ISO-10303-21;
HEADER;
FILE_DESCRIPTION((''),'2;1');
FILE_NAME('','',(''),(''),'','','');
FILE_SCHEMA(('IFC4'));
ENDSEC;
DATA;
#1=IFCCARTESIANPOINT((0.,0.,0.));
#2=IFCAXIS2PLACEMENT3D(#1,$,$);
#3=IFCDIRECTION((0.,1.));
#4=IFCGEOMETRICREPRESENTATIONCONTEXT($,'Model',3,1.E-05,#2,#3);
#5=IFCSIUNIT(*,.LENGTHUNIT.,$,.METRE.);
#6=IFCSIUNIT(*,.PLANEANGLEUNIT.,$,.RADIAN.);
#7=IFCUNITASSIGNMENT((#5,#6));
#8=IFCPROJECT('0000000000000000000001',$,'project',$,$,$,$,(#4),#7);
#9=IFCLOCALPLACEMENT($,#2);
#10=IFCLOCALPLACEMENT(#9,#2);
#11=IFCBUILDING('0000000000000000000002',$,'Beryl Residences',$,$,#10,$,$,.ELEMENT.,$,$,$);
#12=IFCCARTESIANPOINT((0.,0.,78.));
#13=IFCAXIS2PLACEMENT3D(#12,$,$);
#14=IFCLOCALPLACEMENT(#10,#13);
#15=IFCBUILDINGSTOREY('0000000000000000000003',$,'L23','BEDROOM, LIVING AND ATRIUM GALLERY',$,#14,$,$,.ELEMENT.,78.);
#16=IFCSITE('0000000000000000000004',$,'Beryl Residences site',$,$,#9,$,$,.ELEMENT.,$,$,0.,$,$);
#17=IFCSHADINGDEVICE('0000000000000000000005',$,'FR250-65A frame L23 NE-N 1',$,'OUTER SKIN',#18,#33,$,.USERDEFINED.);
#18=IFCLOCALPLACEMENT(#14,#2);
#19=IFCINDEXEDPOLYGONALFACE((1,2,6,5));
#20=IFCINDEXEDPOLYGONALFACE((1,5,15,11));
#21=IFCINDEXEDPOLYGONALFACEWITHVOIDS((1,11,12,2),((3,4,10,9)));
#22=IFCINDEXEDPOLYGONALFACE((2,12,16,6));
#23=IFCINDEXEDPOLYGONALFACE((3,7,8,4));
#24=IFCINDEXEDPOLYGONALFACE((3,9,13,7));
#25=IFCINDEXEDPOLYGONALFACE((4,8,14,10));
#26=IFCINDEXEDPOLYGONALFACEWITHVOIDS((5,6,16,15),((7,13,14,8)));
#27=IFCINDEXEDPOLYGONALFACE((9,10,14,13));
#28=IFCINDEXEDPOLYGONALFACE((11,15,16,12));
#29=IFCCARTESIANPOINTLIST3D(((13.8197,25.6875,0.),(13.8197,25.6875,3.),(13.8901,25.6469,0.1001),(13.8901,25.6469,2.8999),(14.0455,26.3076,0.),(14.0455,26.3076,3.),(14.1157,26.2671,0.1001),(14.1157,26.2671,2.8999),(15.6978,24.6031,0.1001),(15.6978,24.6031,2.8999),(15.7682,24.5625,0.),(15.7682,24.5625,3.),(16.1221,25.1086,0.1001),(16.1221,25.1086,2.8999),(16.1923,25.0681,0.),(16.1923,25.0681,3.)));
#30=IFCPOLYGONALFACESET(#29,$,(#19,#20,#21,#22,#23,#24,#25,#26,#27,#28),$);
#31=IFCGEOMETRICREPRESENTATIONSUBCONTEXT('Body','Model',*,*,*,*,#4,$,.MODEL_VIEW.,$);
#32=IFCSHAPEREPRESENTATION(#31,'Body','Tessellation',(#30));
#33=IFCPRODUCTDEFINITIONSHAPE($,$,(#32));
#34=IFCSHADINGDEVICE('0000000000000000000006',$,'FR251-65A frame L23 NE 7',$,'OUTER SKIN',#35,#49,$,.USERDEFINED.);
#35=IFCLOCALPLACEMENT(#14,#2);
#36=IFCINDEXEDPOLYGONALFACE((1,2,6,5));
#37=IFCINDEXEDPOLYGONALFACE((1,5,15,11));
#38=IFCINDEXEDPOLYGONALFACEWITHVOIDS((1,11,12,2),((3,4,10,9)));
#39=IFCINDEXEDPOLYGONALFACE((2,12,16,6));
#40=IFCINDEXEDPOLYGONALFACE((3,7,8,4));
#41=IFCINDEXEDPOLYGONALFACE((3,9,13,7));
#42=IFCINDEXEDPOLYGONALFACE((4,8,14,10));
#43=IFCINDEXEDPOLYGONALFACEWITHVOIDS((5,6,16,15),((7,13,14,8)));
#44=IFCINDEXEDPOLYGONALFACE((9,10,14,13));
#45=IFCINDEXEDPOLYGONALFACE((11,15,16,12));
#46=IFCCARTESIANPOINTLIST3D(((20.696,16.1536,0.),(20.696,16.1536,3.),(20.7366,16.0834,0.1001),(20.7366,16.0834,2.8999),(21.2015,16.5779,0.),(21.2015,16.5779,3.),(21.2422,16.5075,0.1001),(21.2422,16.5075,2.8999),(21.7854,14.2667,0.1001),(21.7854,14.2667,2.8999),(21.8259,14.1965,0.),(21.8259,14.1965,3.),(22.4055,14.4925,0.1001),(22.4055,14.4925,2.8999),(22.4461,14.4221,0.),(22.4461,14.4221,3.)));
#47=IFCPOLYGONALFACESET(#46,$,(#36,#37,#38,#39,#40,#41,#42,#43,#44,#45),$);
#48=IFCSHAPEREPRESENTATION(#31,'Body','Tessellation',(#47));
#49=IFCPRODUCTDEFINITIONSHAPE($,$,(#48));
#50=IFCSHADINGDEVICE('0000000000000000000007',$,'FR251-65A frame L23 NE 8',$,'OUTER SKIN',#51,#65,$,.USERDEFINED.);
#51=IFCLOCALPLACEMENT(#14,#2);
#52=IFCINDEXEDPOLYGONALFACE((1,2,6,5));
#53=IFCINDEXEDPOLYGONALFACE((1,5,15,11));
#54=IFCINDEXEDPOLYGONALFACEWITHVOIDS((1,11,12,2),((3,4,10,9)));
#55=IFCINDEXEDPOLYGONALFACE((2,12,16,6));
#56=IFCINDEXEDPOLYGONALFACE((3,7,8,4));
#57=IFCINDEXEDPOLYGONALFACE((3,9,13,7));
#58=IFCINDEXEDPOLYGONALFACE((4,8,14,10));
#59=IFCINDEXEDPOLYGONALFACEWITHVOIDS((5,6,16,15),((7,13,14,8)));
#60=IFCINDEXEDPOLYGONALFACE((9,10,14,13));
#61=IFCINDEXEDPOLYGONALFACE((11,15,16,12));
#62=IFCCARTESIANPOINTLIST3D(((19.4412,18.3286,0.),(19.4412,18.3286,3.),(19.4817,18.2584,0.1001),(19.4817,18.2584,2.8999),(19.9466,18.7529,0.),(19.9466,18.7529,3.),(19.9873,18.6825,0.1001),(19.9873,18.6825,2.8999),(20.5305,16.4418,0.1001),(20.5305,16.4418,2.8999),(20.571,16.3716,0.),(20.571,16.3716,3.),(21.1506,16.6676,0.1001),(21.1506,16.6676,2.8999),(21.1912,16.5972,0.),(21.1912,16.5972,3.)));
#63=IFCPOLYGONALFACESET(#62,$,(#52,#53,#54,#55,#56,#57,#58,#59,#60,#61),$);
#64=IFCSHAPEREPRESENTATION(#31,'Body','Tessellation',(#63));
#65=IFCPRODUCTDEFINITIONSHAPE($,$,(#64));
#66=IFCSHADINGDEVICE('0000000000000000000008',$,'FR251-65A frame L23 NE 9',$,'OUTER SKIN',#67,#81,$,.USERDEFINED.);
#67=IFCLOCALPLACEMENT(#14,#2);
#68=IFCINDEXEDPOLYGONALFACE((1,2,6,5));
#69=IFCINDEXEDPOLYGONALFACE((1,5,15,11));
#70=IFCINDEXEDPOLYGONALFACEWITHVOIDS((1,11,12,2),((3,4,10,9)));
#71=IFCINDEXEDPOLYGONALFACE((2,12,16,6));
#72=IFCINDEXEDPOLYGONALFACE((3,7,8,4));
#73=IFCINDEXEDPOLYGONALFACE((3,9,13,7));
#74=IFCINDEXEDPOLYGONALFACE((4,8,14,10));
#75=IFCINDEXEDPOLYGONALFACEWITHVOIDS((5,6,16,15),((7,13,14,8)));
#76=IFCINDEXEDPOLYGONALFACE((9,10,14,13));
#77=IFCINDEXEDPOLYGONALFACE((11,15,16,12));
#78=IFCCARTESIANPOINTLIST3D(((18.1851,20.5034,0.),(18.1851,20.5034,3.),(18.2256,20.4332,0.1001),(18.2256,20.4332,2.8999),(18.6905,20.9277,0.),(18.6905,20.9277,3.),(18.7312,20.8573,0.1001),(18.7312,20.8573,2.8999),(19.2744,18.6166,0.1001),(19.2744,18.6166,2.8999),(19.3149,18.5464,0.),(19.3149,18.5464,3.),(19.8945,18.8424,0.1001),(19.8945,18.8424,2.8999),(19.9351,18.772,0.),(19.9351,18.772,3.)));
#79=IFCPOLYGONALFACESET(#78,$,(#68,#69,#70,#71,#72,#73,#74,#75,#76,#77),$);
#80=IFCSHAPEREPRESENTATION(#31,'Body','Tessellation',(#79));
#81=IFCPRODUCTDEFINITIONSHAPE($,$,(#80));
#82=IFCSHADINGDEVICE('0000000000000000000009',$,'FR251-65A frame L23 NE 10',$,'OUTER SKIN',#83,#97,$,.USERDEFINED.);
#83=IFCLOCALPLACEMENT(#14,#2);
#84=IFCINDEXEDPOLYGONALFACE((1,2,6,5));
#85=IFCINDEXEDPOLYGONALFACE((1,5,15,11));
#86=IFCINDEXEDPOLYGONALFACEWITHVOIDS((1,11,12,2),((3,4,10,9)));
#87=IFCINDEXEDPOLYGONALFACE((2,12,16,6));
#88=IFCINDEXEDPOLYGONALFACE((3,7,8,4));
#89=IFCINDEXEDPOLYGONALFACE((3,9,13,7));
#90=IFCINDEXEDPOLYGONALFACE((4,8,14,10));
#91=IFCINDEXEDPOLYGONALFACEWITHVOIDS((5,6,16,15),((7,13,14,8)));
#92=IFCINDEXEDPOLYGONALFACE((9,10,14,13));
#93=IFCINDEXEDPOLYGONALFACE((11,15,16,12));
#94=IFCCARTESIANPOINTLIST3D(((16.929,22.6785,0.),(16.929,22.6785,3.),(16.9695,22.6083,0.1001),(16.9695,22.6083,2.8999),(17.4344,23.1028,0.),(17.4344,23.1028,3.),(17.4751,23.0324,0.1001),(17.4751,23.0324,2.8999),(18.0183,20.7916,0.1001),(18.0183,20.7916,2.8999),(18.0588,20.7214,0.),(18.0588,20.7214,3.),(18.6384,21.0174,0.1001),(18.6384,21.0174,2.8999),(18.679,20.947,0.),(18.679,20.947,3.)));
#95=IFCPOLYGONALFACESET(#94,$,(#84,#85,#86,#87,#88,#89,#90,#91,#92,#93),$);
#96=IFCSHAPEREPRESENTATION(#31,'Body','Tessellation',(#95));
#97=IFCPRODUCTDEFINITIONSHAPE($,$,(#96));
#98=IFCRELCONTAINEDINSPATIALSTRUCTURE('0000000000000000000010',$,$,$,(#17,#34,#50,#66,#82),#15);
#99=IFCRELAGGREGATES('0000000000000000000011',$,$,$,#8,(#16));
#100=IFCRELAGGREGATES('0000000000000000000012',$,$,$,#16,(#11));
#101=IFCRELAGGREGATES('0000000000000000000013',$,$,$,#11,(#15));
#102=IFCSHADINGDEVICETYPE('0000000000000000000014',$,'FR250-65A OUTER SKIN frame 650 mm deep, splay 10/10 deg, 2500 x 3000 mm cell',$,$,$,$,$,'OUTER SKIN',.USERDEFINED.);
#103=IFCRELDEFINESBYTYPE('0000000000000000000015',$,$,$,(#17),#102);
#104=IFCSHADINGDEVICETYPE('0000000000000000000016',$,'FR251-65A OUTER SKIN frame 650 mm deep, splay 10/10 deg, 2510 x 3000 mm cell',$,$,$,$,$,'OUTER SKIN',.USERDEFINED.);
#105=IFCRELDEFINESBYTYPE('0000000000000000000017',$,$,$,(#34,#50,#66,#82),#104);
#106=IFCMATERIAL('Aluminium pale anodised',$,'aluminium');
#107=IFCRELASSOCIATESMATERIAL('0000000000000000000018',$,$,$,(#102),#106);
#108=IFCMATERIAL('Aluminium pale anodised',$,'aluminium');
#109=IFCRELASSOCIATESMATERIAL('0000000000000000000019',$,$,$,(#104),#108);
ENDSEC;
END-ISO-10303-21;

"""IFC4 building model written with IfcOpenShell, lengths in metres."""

from ifc_helpers import new_model, entity, si_unit, direction, frame, origin, place, context, subcontext, project, spatial, source, transform, mapped, material, type_object, type_shapes, element, save


model = new_model("IFC4")

# Units and contexts
model_context = context("Model", 3, precision=1e-05, world=origin(), true_north=direction((0.0, 1.0)))
body_context = subcontext(model_context, "Body", "Model", "MODEL_VIEW")
ifc_project = project(units=[si_unit("LENGTHUNIT", "METRE"), si_unit("PLANEANGLEUNIT", "RADIAN")], contexts=[model_context])

# Site, building, storey
site_placement = place(None, origin())
site = spatial("IfcSite", under=ifc_project, at=site_placement, Name="Beryl Residences site", CompositionType="ELEMENT", RefElevation=0.0)
building_placement = place(site_placement, origin())
building = spatial("IfcBuilding", under=site, at=building_placement, Name="Beryl Residences", CompositionType="ELEMENT")
storey_placement = place(building_placement, frame((0.0, 0.0, 78.0)))
storey = spatial("IfcBuildingStorey", under=building, at=storey_placement, Name="L23", Description="BEDROOM, LIVING AND ATRIUM GALLERY", CompositionType="ELEMENT", Elevation=78.0)

# Shading devices
ifc_material_1 = material(Name="Aluminium pale anodised", Category="aluminium")
shading_device_type_1 = type_object("IfcShadingDeviceType", Name="FR250-65A OUTER SKIN frame 650 mm deep, splay 10/10 deg, 2500 x 3000 mm cell", ElementType="OUTER SKIN", PredefinedType="USERDEFINED", material=ifc_material_1)
cartesian_point_1 = entity("IfcCartesianPoint", [-1.125, 0.0])
cartesian_point_2 = entity("IfcCartesianPoint", [-1.0437, 0.1001])
cartesian_point_3 = entity("IfcCartesianPoint", [-1.2395, 0.0])
cartesian_point_4 = entity("IfcCartesianPoint", [-1.1584, 0.1001])
shared_shape_1 = source(origin(), body_context, "Body", "SweptSolid", [
    entity("IfcExtrudedAreaSolidTapered", entity("IfcArbitraryProfileDefWithVoids", "AREA", None, entity("IfcPolyline", [cartesian_point_1, entity("IfcCartesianPoint", [1.125, 0.0]), entity("IfcCartesianPoint", [1.125, 3.0]), entity("IfcCartesianPoint", [-1.125, 3.0]), cartesian_point_1]), [entity("IfcPolyline", [cartesian_point_2, entity("IfcCartesianPoint", [1.0437, 0.1001]), entity("IfcCartesianPoint", [1.0437, 2.8999]), entity("IfcCartesianPoint", [-1.0437, 2.8999]), cartesian_point_2])]), entity("IfcAxis2Placement3D", entity("IfcCartesianPoint", [0.0, 0.0, 0.0]), entity("IfcDirection", [0.0, 1.0, 0.0]), entity("IfcDirection", [-1.0, 0.0, 0.0])), entity("IfcDirection", [0.0, 0.0, 1.0]), 0.6499, entity("IfcArbitraryProfileDefWithVoids", "AREA", None, entity("IfcPolyline", [cartesian_point_3, entity("IfcCartesianPoint", [1.2395, 0.0]), entity("IfcCartesianPoint", [1.2395, 3.0]), entity("IfcCartesianPoint", [-1.2395, 3.0]), cartesian_point_3]), [entity("IfcPolyline", [cartesian_point_4, entity("IfcCartesianPoint", [1.1584, 0.1001]), entity("IfcCartesianPoint", [1.1584, 2.8999]), entity("IfcCartesianPoint", [-1.1584, 2.8999]), cartesian_point_4])])),
])
type_shapes(shading_device_type_1, [shared_shape_1])
shading_device_1_placement = place(storey_placement, frame((14.7939, 25.125, 0.0), z_axis=(0.0, 0.0, 1.0), x_axis=(0.866025, -0.5, 0.0)))
element("IfcShadingDevice", 1, at=shading_device_1_placement, inside=storey, type_object=shading_device_type_1, Name="FR250-65A frame L23 NE-N 1", ObjectType="OUTER SKIN", PredefinedType="USERDEFINED", context=body_context, shape_type="MappedRepresentation", body=[
    mapped(shared_shape_1, transform((0.0, 0.0, 0.0))),
])
ifc_material_2 = material(Name="Aluminium pale anodised", Category="aluminium")
shading_device_type_2 = type_object("IfcShadingDeviceType", Name="FR251-65A OUTER SKIN frame 650 mm deep, splay 10/10 deg, 2510 x 3000 mm cell", ElementType="OUTER SKIN", PredefinedType="USERDEFINED", material=ifc_material_2)
cartesian_point_5 = entity("IfcCartesianPoint", [-1.1299, 0.0])
cartesian_point_6 = entity("IfcCartesianPoint", [-1.0488, 0.1001])
cartesian_point_7 = entity("IfcCartesianPoint", [-1.2446, 0.0])
cartesian_point_8 = entity("IfcCartesianPoint", [-1.1633, 0.1001])
shared_shape_2 = source(origin(), body_context, "Body", "SweptSolid", [
    entity("IfcExtrudedAreaSolidTapered", entity("IfcArbitraryProfileDefWithVoids", "AREA", None, entity("IfcPolyline", [cartesian_point_5, entity("IfcCartesianPoint", [1.1299, 0.0]), entity("IfcCartesianPoint", [1.1299, 3.0]), entity("IfcCartesianPoint", [-1.1299, 3.0]), cartesian_point_5]), [entity("IfcPolyline", [cartesian_point_6, entity("IfcCartesianPoint", [1.0488, 0.1001]), entity("IfcCartesianPoint", [1.0488, 2.8999]), entity("IfcCartesianPoint", [-1.0488, 2.8999]), cartesian_point_6])]), entity("IfcAxis2Placement3D", entity("IfcCartesianPoint", [0.0, 0.0, 0.0]), entity("IfcDirection", [0.0, 1.0, 0.0]), entity("IfcDirection", [-1.0, 0.0, 0.0])), entity("IfcDirection", [0.0, 0.0, 1.0]), 0.6499, entity("IfcArbitraryProfileDefWithVoids", "AREA", None, entity("IfcPolyline", [cartesian_point_7, entity("IfcCartesianPoint", [1.2446, 0.0]), entity("IfcCartesianPoint", [1.2446, 3.0]), entity("IfcCartesianPoint", [-1.2446, 3.0]), cartesian_point_7]), [entity("IfcPolyline", [cartesian_point_8, entity("IfcCartesianPoint", [1.1633, 0.1001]), entity("IfcCartesianPoint", [1.1633, 2.8999]), entity("IfcCartesianPoint", [-1.1633, 2.8999]), cartesian_point_8])])),
])
type_shapes(shading_device_type_2, [shared_shape_2])
for number, where, z_axis, x_axis, name in (
    (2, (21.261, 15.175, 0.0), (0.0, 0.0, 1.0), (0.5, -0.866025, 0.0), "FR251-65A frame L23 NE 7"),
    (3, (20.0061, 17.3501, 0.0), (0.0, 0.0, 1.0), (0.5, -0.866025, 0.0), "FR251-65A frame L23 NE 8"),
    (4, (18.75, 19.5249, 0.0), (0.0, 0.0, 1.0), (0.5, -0.866025, 0.0), "FR251-65A frame L23 NE 9"),
    (5, (17.4939, 21.7, 0.0), (0.0, 0.0, 1.0), (0.5, -0.866025, 0.0), "FR251-65A frame L23 NE 10"),
):
    element("IfcShadingDevice", number, at=place(storey_placement, frame(where, z_axis=z_axis, x_axis=x_axis)), inside=storey, type_object=shading_device_type_2, Name=name, ObjectType="OUTER SKIN", PredefinedType="USERDEFINED", context=body_context, shape_type="MappedRepresentation", body=[
        mapped(shared_shape_2, transform((0.0, 0.0, 0.0))),
    ])

save(model, "model.ifc")
